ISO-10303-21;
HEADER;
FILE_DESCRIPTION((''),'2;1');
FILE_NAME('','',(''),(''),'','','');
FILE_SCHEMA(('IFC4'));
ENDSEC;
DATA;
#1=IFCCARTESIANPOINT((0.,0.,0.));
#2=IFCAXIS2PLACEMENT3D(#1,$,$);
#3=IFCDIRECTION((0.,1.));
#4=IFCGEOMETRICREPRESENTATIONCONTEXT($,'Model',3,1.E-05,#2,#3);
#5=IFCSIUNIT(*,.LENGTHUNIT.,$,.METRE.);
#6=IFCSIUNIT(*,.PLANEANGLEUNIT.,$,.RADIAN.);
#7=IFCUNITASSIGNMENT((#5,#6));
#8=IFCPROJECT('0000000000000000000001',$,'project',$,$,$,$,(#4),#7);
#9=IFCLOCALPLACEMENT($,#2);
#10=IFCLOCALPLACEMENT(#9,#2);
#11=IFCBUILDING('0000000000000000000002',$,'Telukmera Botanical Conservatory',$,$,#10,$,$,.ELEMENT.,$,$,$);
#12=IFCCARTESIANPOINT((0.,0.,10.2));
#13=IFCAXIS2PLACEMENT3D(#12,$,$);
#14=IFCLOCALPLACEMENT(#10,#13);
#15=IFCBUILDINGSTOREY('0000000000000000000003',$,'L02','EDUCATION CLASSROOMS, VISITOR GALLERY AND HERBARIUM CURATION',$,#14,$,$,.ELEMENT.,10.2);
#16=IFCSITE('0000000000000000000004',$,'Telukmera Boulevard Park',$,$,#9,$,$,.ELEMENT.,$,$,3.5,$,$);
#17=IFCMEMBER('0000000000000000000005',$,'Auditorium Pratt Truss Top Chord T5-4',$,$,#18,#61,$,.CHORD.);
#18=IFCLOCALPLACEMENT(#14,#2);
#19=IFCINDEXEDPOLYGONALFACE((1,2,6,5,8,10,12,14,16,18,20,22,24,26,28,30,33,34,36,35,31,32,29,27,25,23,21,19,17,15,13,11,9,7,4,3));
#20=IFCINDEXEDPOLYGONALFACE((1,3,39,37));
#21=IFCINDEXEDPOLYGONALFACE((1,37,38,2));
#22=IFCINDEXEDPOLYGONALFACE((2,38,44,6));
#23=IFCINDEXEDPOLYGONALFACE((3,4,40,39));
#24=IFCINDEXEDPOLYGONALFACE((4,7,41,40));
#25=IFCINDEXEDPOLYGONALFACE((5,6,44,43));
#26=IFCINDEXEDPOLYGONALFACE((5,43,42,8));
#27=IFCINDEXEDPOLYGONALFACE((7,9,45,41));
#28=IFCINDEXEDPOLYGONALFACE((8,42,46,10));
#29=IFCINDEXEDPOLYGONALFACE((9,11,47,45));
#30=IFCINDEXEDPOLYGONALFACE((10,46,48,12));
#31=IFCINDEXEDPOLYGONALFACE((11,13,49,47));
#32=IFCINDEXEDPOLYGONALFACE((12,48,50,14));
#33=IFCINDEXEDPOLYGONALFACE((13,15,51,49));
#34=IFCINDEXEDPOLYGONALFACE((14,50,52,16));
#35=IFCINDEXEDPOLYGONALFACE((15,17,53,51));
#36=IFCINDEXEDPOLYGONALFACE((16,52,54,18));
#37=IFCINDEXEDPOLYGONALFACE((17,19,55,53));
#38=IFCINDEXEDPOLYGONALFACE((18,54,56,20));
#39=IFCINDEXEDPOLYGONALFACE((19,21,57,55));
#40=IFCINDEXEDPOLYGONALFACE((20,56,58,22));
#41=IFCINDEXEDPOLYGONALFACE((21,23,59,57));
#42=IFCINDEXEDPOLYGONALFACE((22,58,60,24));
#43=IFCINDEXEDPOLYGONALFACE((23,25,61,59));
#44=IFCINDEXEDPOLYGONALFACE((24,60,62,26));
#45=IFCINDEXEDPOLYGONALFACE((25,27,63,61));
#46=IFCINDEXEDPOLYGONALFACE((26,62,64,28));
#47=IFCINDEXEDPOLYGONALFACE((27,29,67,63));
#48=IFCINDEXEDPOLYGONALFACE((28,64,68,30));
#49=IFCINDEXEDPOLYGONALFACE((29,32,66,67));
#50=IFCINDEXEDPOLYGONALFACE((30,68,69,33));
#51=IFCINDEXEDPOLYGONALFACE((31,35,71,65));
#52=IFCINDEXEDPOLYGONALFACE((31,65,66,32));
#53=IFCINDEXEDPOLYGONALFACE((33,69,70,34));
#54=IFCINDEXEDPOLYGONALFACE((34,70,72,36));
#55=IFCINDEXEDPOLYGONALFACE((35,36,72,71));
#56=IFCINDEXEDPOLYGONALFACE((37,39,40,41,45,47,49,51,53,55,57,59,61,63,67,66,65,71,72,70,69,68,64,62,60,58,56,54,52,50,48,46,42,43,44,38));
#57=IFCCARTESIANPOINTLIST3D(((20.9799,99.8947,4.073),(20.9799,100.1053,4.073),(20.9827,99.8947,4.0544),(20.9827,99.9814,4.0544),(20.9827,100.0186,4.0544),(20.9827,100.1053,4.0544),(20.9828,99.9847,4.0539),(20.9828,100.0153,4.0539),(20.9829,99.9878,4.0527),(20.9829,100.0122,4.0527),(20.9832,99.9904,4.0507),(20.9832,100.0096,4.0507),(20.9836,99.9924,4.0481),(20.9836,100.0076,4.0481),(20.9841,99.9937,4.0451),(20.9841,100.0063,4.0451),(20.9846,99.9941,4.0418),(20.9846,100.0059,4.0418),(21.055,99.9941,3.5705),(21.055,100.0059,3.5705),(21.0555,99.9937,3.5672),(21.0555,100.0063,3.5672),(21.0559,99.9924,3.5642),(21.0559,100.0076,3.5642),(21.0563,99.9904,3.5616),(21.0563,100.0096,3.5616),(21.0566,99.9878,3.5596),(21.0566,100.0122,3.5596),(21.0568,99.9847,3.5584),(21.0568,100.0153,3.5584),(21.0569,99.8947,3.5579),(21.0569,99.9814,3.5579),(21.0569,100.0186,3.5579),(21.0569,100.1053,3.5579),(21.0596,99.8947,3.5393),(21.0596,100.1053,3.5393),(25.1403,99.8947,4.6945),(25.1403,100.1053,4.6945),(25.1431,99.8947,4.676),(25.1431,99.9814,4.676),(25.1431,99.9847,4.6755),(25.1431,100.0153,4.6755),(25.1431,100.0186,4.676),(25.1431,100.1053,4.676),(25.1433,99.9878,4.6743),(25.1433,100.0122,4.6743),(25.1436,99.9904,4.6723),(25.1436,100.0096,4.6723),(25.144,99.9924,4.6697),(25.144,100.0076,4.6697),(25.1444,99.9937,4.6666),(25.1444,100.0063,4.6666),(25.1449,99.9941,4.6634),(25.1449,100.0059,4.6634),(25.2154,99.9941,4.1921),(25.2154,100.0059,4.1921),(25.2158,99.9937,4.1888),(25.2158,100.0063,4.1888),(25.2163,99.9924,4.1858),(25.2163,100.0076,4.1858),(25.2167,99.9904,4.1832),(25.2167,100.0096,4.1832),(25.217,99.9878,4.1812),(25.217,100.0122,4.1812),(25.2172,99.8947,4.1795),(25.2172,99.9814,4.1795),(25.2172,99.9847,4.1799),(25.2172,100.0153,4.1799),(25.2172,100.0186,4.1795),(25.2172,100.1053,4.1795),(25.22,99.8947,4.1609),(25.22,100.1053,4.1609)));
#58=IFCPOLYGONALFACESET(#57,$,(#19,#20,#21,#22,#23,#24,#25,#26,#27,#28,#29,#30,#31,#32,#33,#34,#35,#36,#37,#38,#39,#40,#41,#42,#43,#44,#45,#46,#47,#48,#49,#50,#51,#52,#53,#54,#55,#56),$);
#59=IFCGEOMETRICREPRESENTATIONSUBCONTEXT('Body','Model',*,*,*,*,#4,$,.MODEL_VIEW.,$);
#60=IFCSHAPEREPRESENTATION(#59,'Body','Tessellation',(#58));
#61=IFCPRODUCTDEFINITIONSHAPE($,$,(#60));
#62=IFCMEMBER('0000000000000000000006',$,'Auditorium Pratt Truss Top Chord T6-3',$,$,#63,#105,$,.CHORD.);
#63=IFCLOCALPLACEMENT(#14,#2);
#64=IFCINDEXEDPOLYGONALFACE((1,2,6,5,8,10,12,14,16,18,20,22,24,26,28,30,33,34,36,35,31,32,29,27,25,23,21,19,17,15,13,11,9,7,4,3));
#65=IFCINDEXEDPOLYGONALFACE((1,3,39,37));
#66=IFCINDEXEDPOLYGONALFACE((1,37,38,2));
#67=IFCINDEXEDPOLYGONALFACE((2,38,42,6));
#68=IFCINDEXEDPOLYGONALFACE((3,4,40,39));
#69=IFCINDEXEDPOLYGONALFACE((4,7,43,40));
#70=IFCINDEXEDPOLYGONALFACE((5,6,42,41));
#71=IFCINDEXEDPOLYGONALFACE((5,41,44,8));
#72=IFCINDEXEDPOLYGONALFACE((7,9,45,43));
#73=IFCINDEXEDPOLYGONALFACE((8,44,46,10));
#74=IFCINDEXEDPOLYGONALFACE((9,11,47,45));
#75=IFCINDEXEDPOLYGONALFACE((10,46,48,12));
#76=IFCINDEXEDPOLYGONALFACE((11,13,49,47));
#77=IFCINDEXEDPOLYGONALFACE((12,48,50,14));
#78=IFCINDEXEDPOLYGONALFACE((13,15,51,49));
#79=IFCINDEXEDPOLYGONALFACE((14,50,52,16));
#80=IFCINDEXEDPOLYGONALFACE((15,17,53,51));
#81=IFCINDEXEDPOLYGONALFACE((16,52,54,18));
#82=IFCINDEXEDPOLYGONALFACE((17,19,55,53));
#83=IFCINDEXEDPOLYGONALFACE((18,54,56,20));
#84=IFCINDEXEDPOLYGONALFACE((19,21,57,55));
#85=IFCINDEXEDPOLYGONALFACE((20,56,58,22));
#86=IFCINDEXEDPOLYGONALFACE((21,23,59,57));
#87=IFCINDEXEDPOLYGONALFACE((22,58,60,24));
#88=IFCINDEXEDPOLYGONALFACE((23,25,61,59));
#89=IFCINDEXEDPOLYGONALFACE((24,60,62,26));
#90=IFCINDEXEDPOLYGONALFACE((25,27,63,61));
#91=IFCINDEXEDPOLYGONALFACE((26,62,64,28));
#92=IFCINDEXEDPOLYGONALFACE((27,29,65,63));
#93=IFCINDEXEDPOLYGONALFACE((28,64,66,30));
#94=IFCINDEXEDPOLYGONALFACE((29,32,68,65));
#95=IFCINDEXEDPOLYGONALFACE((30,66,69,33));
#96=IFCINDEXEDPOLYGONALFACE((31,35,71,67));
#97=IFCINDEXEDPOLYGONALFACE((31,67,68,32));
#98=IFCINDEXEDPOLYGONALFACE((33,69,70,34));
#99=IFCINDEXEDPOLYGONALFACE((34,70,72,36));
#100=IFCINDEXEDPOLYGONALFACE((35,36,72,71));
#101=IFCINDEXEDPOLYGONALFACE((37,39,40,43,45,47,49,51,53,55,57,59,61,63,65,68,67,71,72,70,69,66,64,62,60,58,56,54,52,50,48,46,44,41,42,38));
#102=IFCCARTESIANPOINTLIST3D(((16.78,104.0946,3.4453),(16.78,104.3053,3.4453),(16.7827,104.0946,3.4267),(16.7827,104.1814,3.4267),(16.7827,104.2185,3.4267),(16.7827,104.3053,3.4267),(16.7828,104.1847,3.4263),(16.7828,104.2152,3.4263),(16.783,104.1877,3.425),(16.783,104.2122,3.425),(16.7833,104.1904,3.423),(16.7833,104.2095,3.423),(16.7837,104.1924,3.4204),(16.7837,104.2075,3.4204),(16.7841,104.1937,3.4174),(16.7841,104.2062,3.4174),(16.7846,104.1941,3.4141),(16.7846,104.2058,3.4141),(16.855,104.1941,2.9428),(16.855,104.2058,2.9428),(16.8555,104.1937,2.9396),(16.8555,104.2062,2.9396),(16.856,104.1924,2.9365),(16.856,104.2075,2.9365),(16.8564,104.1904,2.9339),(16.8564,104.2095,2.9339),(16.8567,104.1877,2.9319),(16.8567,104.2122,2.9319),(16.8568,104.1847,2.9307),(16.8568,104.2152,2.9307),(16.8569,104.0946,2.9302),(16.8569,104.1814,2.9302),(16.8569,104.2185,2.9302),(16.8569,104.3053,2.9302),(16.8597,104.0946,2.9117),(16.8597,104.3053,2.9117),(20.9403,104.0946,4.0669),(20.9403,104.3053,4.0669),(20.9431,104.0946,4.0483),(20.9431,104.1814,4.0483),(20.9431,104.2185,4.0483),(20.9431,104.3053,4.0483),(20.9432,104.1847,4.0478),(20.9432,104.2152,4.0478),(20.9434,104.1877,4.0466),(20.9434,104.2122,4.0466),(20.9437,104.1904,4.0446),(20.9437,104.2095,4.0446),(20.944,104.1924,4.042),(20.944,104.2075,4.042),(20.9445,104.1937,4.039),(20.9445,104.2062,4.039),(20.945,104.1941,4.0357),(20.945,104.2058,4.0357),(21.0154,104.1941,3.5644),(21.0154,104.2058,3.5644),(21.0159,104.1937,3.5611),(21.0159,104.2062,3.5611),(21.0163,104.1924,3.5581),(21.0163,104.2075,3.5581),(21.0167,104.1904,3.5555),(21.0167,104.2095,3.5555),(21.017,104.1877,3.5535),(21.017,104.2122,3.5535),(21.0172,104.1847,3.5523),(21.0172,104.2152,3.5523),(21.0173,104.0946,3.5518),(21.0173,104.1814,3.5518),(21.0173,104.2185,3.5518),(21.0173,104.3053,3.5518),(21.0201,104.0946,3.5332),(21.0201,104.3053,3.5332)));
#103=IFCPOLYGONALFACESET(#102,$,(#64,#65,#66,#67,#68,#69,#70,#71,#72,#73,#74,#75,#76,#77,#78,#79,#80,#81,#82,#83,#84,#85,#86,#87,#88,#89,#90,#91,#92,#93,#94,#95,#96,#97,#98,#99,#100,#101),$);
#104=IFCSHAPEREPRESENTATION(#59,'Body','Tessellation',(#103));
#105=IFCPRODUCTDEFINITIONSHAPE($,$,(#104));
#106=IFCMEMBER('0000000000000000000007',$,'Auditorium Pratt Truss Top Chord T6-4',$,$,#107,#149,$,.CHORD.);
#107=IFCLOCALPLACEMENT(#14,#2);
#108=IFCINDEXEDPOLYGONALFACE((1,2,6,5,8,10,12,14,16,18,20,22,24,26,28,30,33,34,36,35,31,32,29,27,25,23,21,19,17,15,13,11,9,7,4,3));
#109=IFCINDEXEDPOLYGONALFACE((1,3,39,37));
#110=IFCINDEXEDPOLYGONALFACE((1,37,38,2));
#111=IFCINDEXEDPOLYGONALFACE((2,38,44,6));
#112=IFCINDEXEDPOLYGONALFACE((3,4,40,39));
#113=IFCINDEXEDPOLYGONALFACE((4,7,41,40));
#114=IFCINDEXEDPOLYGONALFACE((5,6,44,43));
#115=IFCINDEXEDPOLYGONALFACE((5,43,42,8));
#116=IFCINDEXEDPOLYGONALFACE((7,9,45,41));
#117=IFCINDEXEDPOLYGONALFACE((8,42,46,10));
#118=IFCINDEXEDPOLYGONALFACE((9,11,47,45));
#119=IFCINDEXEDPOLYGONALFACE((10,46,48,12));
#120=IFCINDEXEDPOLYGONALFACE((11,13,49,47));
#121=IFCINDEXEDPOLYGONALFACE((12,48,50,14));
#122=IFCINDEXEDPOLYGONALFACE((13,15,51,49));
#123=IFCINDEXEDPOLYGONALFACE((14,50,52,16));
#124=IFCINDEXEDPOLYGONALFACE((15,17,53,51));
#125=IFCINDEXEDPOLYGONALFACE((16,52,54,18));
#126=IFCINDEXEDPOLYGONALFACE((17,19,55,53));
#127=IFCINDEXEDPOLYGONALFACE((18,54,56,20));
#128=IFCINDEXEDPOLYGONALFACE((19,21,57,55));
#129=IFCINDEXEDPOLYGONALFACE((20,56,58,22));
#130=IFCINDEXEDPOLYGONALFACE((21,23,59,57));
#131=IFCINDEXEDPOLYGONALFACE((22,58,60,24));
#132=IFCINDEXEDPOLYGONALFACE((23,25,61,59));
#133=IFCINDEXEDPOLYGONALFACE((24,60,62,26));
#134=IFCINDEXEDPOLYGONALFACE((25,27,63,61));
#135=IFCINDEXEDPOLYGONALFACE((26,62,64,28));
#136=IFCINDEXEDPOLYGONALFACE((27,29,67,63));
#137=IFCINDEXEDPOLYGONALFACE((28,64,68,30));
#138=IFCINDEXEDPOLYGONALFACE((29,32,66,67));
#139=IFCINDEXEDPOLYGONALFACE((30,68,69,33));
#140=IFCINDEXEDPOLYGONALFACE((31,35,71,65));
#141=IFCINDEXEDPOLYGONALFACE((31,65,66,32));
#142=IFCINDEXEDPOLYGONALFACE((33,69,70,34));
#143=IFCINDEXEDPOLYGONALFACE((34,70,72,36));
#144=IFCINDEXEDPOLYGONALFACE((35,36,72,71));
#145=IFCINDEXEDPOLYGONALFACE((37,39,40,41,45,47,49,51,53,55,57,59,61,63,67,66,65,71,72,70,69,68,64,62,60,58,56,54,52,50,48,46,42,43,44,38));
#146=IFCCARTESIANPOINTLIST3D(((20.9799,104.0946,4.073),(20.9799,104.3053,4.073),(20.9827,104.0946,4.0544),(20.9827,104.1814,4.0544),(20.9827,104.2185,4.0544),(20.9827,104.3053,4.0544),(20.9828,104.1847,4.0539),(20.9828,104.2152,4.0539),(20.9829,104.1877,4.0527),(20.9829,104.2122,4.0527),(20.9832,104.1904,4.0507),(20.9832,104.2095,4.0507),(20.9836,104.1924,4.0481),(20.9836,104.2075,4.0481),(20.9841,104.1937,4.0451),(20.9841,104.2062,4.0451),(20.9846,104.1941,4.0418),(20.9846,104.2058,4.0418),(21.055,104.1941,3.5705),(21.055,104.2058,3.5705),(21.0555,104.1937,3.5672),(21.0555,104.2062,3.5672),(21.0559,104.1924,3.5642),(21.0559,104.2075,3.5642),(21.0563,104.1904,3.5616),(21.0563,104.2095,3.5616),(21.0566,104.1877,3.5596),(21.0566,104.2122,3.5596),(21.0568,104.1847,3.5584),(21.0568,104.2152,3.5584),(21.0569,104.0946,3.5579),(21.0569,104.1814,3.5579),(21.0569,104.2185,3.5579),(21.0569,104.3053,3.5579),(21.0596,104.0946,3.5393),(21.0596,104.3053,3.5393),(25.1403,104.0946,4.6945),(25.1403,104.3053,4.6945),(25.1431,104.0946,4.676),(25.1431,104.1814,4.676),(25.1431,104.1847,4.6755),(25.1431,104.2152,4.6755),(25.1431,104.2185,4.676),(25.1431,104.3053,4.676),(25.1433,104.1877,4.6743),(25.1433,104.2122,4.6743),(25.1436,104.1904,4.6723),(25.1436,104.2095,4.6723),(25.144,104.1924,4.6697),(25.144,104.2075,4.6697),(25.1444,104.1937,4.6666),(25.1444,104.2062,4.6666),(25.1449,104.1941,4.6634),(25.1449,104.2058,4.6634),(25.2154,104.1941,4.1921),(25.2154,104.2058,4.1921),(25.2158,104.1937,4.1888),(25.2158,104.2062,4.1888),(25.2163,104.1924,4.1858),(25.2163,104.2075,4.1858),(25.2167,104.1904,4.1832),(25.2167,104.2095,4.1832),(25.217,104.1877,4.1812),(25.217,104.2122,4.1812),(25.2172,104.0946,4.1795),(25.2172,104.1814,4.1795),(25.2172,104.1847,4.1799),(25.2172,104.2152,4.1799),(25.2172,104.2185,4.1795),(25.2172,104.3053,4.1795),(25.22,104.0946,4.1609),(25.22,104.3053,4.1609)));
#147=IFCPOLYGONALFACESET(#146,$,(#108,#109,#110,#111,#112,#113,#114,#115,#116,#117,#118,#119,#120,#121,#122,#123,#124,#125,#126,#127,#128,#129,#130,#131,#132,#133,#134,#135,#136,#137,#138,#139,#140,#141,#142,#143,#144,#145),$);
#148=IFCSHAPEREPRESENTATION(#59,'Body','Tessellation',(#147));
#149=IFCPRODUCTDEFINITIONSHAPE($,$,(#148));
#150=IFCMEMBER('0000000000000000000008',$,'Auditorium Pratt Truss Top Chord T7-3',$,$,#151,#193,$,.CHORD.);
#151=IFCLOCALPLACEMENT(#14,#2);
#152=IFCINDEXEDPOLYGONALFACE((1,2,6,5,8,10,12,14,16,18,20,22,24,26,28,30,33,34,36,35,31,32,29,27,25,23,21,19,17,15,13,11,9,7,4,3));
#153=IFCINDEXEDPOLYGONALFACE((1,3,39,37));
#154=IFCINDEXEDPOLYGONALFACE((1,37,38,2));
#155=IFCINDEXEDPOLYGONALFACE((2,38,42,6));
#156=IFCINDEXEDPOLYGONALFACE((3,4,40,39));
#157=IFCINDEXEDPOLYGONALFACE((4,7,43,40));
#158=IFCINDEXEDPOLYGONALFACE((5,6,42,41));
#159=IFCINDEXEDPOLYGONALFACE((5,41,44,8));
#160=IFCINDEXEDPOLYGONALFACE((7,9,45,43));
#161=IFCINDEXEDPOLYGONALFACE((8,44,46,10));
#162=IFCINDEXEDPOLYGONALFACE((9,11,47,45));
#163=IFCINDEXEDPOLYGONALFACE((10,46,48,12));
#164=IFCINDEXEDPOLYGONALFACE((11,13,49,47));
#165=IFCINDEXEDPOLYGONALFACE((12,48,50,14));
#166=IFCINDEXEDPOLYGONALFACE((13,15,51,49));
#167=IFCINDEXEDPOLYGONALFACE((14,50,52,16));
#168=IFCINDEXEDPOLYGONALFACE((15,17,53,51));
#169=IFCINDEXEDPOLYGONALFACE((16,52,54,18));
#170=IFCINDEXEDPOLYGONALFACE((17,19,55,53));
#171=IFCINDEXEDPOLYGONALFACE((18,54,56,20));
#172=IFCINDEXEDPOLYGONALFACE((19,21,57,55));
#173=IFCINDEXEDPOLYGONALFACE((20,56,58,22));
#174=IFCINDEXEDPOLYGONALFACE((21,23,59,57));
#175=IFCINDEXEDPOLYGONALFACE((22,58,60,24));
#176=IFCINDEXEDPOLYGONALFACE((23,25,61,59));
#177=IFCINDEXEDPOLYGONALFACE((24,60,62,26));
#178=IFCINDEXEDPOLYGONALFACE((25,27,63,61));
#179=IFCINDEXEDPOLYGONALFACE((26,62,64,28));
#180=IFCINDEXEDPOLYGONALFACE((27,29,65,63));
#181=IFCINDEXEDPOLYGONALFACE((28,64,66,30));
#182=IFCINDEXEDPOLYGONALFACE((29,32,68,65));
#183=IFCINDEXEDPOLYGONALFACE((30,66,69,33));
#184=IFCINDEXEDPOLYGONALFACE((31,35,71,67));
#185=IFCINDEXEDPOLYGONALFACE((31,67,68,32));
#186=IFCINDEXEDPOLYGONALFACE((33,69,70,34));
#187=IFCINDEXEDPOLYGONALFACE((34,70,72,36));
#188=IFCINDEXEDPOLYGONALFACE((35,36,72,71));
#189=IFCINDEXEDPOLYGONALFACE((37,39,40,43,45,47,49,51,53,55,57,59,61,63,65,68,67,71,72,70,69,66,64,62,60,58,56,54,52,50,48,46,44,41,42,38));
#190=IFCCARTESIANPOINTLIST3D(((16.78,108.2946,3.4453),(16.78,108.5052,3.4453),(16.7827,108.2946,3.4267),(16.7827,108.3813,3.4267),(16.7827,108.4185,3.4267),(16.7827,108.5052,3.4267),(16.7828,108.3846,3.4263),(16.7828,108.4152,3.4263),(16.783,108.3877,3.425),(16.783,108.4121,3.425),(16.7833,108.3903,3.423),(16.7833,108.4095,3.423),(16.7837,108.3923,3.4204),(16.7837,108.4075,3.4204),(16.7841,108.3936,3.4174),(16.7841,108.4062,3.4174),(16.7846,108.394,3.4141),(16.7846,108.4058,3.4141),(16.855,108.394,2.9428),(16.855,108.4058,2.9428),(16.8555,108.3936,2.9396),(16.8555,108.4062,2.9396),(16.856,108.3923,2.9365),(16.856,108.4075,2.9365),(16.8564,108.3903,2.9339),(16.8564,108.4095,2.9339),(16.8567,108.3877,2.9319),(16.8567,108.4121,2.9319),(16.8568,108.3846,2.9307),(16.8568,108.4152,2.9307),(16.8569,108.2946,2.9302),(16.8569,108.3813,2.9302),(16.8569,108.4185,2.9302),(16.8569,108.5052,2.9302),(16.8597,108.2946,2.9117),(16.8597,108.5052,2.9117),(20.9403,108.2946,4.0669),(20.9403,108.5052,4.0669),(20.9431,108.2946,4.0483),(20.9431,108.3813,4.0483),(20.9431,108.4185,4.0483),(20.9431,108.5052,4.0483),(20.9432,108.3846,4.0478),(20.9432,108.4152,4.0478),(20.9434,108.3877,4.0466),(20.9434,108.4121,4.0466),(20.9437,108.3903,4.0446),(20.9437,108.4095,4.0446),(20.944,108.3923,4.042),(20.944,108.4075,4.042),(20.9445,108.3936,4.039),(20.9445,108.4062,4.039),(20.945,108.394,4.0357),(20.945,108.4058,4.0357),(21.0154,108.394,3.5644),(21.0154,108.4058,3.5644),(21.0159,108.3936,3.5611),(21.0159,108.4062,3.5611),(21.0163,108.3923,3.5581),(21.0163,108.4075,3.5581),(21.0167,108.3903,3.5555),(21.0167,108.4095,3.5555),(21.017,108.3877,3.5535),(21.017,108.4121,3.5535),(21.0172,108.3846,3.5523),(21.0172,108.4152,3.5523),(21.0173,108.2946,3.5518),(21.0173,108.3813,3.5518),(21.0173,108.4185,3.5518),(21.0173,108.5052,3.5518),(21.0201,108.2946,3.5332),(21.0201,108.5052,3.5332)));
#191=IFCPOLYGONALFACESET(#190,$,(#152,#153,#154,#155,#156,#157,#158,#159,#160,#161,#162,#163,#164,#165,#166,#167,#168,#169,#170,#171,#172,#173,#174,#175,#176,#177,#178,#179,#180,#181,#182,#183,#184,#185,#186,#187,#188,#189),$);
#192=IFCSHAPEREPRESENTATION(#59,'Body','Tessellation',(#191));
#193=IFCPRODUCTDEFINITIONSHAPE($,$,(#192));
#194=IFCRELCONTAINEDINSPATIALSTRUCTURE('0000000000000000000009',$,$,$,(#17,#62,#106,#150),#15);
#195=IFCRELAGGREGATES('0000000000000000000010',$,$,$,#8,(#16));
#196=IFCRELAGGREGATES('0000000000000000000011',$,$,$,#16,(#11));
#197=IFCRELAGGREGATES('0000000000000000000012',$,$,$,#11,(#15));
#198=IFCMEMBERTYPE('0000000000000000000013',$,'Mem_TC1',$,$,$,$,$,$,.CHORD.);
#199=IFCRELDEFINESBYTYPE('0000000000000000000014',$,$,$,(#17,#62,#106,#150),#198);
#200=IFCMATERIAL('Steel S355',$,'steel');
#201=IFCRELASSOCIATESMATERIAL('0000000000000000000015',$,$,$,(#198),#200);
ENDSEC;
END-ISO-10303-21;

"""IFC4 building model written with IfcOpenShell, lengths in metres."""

from ifc_helpers import new_model, si_unit, direction, frame, origin, origin_2d, place, context, subcontext, project, spatial, i_section, extrude, material, material_profile, profile_set, type_object, element, save


model = new_model("IFC4")

# Units and contexts
model_context = context("Model", 3, precision=1e-05, world=origin(), true_north=direction((0.0, 1.0)))
body_context = subcontext(model_context, "Body", "Model", "MODEL_VIEW")
ifc_project = project(units=[si_unit("LENGTHUNIT", "METRE"), si_unit("PLANEANGLEUNIT", "RADIAN")], contexts=[model_context])

# Site, building, storey
site_placement = place(None, origin())
site = spatial("IfcSite", under=ifc_project, at=site_placement, Name="Telukmera Boulevard Park", CompositionType="ELEMENT", RefElevation=3.5)
building_placement = place(site_placement, origin())
building = spatial("IfcBuilding", under=site, at=building_placement, Name="Telukmera Botanical Conservatory", CompositionType="ELEMENT")
storey_placement = place(building_placement, frame((0.0, 0.0, 10.2)))
storey = spatial("IfcBuildingStorey", under=building, at=storey_placement, Name="L02", Description="EDUCATION CLASSROOMS, VISITOR GALLERY AND HERBARIUM CURATION", CompositionType="ELEMENT", Elevation=10.2)

# Members
ifc_material = material(Name="Steel S355", Category="steel")
ifc_material_profile_1 = material_profile(ifc_material, i_section(OverallWidth=0.2107, OverallDepth=0.5396, WebThickness=0.0117, FlangeThickness=0.0188, FilletRadius=0.0127, at=origin_2d()), Name="UB 533x210x109")
ifc_profile_set_1 = profile_set([ifc_material_profile_1], Name="Steel S355")
member_type_1 = type_object("IfcMemberType", Name="Mem_TC1", PredefinedType="CHORD", material=ifc_profile_set_1)
for number, where, z_axis, x_axis, name in (
    (1, (21.0198, 100.0, 3.8062), (0.989023, 0.0, 0.147764), (0.0, 1.0, 0.0), "Auditorium Pratt Truss Top Chord T5-4"),
    (2, (16.8198, 104.2, 3.1785), (0.989023, 0.0, 0.147764), (0.0, 1.0, 0.0), "Auditorium Pratt Truss Top Chord T6-3"),
    (3, (21.0198, 104.2, 3.8062), (0.989023, 0.0, 0.147764), (0.0, 1.0, 0.0), "Auditorium Pratt Truss Top Chord T6-4"),
    (4, (16.8198, 108.3999, 3.1785), (0.989023, 0.0, 0.147764), (0.0, 1.0, 0.0), "Auditorium Pratt Truss Top Chord T7-3"),
):
    element("IfcMember", number, at=place(storey_placement, frame(where, z_axis=z_axis, x_axis=x_axis)), inside=storey, type_object=member_type_1, Name=name, PredefinedType="CHORD", context=body_context, shape_type="SweptSolid", body=[
        extrude(i_section(OverallWidth=0.2107, OverallDepth=0.5396, WebThickness=0.0117, FlangeThickness=0.0188, FilletRadius=0.0127, at=origin_2d()), origin(), (0.0, 0.0, 1.0), 4.2065),
    ])

save(model, "model.ifc")
